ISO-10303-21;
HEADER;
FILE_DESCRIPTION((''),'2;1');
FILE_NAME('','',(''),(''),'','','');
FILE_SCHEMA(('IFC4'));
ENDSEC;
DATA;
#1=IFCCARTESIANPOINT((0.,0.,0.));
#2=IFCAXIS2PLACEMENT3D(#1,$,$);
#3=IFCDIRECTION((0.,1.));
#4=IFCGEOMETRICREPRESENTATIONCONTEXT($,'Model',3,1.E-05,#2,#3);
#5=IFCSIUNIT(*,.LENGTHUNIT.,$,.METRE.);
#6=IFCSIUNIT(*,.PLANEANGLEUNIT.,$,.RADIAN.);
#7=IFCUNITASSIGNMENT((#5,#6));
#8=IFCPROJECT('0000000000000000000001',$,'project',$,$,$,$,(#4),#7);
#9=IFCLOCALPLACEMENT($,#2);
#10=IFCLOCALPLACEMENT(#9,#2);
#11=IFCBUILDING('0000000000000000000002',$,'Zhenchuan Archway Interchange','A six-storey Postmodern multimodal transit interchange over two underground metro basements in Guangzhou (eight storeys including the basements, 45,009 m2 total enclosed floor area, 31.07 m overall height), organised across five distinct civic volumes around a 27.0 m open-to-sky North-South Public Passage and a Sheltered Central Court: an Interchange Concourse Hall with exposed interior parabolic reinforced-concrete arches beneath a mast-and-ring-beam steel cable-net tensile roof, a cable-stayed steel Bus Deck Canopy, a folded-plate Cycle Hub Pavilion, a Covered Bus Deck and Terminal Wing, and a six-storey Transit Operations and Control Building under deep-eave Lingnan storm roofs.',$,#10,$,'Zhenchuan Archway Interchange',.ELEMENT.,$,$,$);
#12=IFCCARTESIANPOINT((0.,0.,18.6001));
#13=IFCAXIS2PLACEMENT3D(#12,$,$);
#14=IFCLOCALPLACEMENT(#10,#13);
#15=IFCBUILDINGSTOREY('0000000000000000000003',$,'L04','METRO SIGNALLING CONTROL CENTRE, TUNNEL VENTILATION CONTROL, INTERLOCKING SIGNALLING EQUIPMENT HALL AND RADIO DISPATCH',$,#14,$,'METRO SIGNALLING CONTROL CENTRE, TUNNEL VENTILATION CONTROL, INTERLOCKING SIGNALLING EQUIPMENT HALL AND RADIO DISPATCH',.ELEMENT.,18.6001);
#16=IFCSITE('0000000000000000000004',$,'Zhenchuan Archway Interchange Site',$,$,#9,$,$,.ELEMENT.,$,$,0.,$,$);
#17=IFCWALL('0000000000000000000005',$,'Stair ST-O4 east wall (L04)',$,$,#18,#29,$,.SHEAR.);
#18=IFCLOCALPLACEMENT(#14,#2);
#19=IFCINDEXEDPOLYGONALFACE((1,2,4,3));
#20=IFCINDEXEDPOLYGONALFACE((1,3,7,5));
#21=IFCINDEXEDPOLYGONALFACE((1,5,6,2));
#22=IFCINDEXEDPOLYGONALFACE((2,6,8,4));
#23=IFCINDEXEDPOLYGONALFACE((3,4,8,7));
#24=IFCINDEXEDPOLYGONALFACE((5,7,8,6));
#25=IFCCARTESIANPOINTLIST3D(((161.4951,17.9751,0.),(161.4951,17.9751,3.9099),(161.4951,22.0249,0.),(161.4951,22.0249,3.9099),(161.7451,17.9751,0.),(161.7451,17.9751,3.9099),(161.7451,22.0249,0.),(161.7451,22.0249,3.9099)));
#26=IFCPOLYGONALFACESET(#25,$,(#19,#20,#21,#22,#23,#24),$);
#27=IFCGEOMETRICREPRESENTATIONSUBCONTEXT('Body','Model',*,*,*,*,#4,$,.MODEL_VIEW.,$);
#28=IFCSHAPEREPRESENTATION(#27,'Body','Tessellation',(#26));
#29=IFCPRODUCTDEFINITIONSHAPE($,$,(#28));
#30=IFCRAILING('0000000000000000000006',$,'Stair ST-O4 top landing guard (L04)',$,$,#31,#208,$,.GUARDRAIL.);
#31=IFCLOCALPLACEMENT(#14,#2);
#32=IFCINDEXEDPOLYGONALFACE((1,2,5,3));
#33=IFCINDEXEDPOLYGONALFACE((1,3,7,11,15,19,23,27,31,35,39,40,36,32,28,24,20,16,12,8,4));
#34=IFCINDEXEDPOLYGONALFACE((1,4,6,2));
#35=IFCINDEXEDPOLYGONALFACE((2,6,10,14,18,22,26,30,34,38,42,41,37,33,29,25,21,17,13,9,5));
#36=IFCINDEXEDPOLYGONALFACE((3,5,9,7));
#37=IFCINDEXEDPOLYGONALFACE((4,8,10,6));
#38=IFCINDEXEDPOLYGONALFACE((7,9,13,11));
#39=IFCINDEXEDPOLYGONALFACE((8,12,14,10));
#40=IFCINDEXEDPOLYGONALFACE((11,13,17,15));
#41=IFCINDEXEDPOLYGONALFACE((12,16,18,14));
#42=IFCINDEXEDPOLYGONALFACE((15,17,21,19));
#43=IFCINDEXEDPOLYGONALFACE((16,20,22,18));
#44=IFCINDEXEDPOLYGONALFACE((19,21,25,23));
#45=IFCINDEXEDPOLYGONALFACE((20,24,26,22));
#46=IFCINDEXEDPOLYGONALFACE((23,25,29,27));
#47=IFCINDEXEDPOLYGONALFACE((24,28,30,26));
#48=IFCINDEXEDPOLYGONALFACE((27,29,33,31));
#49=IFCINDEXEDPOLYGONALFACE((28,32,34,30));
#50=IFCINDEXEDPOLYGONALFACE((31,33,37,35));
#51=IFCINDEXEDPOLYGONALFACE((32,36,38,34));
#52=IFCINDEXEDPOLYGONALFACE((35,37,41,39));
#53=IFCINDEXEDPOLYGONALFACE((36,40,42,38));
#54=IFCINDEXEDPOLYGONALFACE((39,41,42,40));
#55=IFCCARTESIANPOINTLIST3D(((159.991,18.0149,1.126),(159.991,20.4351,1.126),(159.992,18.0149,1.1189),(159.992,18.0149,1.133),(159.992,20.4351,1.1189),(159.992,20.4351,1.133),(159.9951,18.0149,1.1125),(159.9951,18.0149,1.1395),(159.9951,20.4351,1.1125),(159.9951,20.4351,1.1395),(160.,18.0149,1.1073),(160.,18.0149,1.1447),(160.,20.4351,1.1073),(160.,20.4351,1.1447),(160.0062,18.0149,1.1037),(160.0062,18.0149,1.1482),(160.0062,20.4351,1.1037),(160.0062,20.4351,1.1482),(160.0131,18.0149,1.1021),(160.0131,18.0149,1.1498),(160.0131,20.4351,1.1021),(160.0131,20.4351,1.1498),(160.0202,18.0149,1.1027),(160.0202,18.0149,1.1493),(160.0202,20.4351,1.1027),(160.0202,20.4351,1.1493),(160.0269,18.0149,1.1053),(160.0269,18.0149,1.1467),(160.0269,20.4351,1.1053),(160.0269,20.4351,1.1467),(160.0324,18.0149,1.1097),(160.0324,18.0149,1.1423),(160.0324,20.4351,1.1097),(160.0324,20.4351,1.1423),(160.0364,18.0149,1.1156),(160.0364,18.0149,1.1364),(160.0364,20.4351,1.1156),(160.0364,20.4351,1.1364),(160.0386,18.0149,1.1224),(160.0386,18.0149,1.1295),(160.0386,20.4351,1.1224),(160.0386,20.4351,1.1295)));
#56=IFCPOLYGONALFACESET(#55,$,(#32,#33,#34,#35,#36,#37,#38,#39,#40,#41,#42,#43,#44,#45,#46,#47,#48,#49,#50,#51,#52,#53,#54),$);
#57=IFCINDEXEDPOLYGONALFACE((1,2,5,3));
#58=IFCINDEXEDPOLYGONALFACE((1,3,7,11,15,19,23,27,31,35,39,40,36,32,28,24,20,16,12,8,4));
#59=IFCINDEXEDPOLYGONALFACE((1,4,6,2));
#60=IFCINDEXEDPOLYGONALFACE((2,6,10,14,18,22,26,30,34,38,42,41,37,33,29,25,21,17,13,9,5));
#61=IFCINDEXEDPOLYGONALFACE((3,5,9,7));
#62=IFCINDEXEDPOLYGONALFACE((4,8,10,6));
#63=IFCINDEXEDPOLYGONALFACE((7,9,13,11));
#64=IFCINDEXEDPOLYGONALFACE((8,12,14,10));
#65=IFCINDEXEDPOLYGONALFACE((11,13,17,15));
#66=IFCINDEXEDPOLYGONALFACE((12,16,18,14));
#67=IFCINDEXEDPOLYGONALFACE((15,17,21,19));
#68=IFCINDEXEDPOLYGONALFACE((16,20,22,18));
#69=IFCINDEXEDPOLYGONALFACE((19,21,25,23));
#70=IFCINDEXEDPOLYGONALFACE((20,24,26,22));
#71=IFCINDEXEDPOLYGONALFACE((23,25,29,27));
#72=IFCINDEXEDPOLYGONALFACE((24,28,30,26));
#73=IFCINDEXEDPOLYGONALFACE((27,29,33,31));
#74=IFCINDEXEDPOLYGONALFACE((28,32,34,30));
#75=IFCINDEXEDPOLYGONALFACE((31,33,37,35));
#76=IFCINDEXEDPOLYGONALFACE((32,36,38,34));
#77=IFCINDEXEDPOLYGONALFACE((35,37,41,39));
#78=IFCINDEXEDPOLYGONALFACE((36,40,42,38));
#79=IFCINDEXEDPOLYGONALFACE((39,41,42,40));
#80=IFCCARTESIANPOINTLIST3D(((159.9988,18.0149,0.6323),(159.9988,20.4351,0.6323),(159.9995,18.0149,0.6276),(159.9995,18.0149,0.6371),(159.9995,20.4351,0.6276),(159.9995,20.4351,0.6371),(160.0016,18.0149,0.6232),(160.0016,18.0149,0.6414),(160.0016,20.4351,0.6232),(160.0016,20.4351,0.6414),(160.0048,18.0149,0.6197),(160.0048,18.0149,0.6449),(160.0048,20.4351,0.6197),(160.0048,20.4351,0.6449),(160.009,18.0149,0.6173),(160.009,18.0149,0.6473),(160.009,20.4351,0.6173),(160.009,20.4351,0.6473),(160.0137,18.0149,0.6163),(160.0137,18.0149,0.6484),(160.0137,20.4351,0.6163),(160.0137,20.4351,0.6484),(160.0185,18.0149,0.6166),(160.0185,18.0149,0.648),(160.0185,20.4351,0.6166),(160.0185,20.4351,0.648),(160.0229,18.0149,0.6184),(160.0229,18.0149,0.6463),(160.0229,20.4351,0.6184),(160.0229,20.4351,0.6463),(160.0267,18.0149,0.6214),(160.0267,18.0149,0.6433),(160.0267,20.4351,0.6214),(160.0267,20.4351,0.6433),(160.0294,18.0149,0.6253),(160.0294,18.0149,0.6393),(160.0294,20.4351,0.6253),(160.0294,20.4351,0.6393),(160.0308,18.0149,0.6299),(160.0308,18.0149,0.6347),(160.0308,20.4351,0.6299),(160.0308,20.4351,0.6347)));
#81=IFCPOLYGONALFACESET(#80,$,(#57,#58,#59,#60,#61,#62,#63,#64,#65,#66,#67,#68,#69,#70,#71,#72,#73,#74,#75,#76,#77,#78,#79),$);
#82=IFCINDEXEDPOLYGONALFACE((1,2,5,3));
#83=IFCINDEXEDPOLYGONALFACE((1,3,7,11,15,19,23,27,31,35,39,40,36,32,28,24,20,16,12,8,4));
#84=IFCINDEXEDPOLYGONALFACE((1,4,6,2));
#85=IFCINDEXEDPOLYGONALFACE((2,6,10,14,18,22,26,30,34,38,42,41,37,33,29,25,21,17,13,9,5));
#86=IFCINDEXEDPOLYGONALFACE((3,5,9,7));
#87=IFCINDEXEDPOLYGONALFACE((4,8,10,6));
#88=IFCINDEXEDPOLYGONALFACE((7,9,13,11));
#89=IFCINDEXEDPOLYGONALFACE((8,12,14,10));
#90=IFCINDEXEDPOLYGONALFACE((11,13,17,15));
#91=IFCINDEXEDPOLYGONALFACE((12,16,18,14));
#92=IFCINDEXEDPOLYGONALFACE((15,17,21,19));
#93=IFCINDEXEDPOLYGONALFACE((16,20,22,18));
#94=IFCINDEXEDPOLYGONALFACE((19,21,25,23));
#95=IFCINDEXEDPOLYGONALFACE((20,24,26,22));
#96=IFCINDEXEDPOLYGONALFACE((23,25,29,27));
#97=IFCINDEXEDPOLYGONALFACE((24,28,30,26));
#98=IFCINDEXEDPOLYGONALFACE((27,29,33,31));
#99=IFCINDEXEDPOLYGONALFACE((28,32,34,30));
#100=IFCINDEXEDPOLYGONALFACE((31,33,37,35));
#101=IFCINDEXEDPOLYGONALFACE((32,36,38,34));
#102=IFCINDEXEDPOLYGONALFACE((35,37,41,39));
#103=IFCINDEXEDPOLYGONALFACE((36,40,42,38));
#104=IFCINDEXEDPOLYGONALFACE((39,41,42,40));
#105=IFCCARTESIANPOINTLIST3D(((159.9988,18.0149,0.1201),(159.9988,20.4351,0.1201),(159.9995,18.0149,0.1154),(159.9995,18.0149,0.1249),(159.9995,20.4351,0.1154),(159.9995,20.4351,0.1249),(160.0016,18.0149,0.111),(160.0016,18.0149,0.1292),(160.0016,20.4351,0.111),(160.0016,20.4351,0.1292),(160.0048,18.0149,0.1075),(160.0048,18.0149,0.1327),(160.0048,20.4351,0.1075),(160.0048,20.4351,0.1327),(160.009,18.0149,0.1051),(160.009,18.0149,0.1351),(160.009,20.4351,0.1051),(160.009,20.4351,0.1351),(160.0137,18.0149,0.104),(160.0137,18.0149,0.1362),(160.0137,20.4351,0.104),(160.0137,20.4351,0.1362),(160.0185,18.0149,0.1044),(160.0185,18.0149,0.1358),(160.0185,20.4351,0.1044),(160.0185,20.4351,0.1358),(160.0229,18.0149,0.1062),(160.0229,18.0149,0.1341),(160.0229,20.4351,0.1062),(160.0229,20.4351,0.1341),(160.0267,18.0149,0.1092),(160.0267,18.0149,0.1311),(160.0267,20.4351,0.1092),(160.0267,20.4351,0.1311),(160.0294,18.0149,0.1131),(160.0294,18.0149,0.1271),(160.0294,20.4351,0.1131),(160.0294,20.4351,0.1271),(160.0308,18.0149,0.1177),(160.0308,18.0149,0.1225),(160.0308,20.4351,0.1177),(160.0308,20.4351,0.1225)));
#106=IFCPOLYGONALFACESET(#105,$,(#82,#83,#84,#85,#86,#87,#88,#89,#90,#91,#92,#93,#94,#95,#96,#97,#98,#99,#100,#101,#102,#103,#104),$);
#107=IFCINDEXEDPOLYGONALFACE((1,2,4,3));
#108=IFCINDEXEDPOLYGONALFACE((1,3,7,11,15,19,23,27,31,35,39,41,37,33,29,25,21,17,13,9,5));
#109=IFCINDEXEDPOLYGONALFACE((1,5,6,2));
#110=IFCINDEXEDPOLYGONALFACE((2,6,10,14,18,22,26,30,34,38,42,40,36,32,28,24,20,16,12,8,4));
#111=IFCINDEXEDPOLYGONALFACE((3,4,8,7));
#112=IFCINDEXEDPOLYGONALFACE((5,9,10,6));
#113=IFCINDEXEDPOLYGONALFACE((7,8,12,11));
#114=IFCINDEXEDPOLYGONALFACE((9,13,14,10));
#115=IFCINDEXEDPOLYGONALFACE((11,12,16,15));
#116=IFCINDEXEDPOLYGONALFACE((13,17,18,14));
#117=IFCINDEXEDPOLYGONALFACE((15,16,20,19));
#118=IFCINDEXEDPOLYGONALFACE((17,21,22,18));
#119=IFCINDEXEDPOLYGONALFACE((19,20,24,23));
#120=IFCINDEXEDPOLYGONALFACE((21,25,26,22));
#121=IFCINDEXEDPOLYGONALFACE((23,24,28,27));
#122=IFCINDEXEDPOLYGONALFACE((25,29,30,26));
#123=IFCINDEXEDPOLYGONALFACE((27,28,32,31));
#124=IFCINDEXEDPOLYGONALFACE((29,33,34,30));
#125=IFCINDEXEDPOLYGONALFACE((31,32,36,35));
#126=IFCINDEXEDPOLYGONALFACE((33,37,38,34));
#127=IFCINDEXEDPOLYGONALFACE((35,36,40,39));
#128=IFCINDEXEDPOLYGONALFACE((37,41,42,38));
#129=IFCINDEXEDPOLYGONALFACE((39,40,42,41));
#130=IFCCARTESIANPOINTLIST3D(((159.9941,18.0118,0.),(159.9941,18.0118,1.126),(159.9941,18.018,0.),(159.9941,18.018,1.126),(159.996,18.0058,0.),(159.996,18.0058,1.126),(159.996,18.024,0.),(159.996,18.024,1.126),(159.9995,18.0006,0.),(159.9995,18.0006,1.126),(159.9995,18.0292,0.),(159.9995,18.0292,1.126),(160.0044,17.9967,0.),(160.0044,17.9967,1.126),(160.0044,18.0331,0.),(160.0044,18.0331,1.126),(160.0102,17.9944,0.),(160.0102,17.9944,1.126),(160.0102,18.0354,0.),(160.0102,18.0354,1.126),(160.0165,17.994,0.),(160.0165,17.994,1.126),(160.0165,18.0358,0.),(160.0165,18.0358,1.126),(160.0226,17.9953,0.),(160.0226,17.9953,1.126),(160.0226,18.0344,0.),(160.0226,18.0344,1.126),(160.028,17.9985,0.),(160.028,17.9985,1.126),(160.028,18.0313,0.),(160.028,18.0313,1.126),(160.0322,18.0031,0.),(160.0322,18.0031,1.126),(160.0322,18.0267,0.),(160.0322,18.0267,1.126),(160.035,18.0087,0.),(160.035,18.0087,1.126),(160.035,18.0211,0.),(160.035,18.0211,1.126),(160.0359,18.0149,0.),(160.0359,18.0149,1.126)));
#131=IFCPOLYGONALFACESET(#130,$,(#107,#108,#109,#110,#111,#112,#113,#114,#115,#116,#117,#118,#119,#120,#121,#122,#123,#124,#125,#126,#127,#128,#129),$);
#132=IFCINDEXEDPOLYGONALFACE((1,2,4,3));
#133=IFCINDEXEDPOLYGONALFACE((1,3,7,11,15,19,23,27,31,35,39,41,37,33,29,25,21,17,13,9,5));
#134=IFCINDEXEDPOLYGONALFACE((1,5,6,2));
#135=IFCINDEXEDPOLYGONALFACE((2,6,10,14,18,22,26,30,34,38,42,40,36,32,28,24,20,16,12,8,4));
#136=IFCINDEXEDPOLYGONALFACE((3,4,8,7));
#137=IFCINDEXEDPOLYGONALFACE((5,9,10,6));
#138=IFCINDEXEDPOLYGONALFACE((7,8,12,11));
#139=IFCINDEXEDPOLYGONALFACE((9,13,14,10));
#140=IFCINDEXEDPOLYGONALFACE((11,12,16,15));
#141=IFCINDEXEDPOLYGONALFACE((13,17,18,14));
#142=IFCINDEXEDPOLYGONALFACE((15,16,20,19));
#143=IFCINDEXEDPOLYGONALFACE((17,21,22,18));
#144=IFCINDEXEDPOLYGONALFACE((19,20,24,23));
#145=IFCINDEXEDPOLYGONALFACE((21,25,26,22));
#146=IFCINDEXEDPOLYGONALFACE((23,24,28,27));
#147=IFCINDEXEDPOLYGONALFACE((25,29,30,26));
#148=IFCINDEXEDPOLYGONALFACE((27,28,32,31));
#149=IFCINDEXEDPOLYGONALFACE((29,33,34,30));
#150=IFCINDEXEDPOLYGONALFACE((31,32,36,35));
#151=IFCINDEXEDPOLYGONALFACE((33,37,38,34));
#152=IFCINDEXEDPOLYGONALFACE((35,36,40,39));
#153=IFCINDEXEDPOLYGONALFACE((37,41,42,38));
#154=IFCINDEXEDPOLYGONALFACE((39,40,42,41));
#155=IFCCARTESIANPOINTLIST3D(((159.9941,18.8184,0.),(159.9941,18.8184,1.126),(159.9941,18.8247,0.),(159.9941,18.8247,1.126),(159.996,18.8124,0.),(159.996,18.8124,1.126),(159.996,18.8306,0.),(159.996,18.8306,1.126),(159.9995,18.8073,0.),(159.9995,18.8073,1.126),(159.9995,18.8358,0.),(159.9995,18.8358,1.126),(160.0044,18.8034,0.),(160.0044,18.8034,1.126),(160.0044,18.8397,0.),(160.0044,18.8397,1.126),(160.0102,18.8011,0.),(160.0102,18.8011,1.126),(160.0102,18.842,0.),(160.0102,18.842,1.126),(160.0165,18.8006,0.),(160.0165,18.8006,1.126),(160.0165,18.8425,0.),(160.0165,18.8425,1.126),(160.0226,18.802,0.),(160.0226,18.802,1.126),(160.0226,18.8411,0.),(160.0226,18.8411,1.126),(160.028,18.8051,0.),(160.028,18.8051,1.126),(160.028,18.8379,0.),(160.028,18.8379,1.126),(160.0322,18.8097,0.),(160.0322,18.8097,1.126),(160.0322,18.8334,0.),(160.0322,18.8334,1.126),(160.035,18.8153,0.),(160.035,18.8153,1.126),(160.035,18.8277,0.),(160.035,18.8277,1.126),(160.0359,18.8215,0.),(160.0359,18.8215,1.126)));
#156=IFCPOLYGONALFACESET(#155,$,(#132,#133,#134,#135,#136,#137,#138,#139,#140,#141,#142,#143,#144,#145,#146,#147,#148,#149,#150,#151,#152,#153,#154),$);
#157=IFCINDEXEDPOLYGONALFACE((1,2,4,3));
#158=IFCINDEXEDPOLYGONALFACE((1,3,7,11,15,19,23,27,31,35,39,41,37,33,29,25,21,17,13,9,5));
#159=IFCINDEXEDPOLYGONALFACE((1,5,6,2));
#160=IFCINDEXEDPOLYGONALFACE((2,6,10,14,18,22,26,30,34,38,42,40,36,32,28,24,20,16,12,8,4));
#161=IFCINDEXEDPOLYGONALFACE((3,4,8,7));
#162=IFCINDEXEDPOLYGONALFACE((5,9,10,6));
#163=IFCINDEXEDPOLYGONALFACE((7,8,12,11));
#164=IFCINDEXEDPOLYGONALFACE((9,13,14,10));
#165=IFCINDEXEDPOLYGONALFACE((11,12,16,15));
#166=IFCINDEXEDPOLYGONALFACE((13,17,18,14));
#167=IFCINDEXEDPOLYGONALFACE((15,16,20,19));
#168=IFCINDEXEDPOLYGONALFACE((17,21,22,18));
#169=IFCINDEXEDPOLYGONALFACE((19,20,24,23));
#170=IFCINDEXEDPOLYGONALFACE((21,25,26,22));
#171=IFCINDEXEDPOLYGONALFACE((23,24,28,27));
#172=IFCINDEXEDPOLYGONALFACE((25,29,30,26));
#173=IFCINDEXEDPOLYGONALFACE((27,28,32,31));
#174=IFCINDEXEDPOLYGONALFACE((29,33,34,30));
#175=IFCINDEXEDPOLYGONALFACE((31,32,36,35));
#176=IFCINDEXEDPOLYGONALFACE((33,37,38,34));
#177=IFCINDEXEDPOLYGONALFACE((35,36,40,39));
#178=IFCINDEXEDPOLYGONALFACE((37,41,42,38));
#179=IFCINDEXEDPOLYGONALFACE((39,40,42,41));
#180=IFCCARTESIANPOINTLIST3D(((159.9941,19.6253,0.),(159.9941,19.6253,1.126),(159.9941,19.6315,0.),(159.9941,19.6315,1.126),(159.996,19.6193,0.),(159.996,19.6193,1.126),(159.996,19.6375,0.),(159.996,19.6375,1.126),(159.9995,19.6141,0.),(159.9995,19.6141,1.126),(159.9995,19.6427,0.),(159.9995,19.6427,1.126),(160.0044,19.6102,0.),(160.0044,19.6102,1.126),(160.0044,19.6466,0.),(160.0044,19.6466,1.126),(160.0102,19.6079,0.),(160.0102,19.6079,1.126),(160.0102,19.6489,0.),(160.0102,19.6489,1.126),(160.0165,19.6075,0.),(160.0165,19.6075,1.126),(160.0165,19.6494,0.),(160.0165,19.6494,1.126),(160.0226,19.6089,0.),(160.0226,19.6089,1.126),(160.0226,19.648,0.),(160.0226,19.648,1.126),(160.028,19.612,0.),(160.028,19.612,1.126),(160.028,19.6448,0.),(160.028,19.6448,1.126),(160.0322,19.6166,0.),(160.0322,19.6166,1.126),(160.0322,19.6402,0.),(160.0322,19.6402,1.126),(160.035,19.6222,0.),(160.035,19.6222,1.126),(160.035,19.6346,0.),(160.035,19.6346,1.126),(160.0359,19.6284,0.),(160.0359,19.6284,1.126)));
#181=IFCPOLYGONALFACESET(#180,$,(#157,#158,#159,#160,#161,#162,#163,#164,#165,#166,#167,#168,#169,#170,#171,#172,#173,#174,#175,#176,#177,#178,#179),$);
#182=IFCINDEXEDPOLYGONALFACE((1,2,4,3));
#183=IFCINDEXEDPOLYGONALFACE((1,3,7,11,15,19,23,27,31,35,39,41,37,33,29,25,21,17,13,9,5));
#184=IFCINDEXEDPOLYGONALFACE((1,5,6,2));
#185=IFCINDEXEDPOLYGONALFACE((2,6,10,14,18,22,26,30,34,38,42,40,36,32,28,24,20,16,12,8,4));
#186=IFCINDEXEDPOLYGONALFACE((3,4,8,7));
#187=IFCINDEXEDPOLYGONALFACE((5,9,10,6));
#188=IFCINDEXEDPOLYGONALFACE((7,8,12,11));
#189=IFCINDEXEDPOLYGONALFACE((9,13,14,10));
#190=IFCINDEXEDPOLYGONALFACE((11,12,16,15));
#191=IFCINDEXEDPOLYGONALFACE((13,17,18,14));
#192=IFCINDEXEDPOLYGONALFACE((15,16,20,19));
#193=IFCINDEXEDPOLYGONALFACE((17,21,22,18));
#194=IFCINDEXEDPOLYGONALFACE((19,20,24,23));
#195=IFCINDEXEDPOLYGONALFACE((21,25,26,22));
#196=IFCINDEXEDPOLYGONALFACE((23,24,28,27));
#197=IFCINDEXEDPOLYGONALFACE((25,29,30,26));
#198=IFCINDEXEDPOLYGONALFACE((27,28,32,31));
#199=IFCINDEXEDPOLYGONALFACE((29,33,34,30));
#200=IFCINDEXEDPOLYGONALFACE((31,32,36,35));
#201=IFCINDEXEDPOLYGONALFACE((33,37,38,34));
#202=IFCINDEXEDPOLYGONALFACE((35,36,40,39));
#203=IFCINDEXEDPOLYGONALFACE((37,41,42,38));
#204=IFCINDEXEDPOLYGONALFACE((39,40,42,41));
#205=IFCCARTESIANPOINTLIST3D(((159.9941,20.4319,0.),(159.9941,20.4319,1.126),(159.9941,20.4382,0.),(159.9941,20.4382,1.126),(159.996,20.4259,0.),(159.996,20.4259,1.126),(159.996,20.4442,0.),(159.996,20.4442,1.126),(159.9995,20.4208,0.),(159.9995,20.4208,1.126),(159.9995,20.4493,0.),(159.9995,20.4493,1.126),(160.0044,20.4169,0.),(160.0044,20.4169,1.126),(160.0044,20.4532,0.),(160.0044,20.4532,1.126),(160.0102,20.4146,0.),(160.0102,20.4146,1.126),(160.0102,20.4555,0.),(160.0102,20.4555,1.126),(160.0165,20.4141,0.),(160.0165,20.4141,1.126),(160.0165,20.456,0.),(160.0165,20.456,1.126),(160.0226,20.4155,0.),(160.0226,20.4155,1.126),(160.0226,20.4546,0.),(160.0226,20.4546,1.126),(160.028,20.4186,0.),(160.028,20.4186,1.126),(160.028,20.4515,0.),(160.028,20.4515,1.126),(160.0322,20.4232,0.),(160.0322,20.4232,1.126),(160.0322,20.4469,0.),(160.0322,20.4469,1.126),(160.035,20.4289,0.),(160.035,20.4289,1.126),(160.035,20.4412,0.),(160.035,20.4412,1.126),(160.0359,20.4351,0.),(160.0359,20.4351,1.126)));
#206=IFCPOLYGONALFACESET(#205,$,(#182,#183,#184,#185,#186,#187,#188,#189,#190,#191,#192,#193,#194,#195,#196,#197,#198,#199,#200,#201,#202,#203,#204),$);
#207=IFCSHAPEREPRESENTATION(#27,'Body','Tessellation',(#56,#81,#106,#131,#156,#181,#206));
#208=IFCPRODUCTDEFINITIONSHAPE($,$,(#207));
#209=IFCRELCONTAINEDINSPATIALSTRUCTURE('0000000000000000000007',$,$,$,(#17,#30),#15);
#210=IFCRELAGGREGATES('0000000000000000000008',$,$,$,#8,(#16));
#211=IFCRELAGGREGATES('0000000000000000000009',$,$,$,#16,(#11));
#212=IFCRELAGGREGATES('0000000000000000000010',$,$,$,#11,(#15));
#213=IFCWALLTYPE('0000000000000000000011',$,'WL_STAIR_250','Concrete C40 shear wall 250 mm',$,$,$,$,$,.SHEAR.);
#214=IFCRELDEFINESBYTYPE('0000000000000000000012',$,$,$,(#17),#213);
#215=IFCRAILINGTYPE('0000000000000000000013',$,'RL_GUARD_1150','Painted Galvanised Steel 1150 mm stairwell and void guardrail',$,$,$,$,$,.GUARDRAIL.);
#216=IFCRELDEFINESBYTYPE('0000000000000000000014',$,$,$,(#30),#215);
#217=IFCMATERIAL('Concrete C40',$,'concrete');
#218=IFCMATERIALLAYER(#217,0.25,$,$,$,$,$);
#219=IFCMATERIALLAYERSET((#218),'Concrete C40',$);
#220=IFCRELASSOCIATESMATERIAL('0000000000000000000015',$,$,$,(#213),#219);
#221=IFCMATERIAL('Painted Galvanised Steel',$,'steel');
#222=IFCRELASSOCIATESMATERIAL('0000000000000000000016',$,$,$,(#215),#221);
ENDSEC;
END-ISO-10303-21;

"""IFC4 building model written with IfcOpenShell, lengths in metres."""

from ifc_helpers import new_model, si_unit, direction, frame, frame_2d, origin, origin_2d, place, context, subcontext, project, spatial, rectangle, circle, extrude, material, layer, layer_set, type_object, element, save


model = new_model("IFC4")

# Units and contexts
model_context = context("Model", 3, precision=1e-05, world=origin(), true_north=direction((0.0, 1.0)))
body_context = subcontext(model_context, "Body", "Model", "MODEL_VIEW")
ifc_project = project(units=[si_unit("LENGTHUNIT", "METRE"), si_unit("PLANEANGLEUNIT", "RADIAN")], contexts=[model_context])

# Site, building, storey
site_placement = place(None, origin())
site = spatial("IfcSite", under=ifc_project, at=site_placement, Name="Zhenchuan Archway Interchange Site", CompositionType="ELEMENT", RefElevation=0.0)
building_placement = place(site_placement, origin())
building = spatial("IfcBuilding", under=site, at=building_placement, Name="Zhenchuan Archway Interchange", Description="A six-storey Postmodern multimodal transit interchange over two underground metro basements in Guangzhou (eight storeys including the basements, 45,009 m2 total enclosed floor area, 31.07 m overall height), organised across five distinct civic volumes around a 27.0 m open-to-sky North-South Public Passage and a Sheltered Central Court: an Interchange Concourse Hall with exposed interior parabolic reinforced-concrete arches beneath a mast-and-ring-beam steel cable-net tensile roof, a cable-stayed steel Bus Deck Canopy, a folded-plate Cycle Hub Pavilion, a Covered Bus Deck and Terminal Wing, and a six-storey Transit Operations and Control Building under deep-eave Lingnan storm roofs.", LongName="Zhenchuan Archway Interchange", CompositionType="ELEMENT")
storey_placement = place(building_placement, frame((0.0, 0.0, 18.6001)))
storey = spatial("IfcBuildingStorey", under=building, at=storey_placement, Name="L04", Description="METRO SIGNALLING CONTROL CENTRE, TUNNEL VENTILATION CONTROL, INTERLOCKING SIGNALLING EQUIPMENT HALL AND RADIO DISPATCH", LongName="METRO SIGNALLING CONTROL CENTRE, TUNNEL VENTILATION CONTROL, INTERLOCKING SIGNALLING EQUIPMENT HALL AND RADIO DISPATCH", CompositionType="ELEMENT", Elevation=18.6001)

# Shared definitions
ifc_material_1 = material(Name="Concrete C40", Category="concrete")

# Shared definitions
ifc_material_2 = material(Name="Painted Galvanised Steel", Category="steel")

# Shared definitions
ifc_layer_1 = layer(ifc_material_1, 0.25)
ifc_layer_set_1 = layer_set([ifc_layer_1], Name="Concrete C40")
wall_type_1 = type_object("IfcWallType", Name="WL_STAIR_250", Description="Concrete C40 shear wall 250 mm", PredefinedType="SHEAR", material=ifc_layer_set_1)

# Wall
for number, where, z_axis, x_axis, name in (
    (1, (161.6201, 17.9751, 0.0), (0.0, 0.0, 1.0), (0.0, 1.0, 0.0), "Stair ST-O4 east wall (L04)"),
):
    element("IfcWall", number, at=place(storey_placement, frame(where, z_axis=z_axis, x_axis=x_axis)), inside=storey, type_object=wall_type_1, Name=name, PredefinedType="SHEAR", context=body_context, shape_type="SweptSolid", body=[
        extrude(rectangle(XDim=4.0498, YDim=0.25, at=frame_2d((2.0249, 0.0))), origin(), (0.0, 0.0, 1.0), 3.9099),
    ])

# Railing
railing_type = type_object("IfcRailingType", Name="RL_GUARD_1150", Description="Painted Galvanised Steel 1150 mm stairwell and void guardrail", PredefinedType="GUARDRAIL", material=ifc_material_2)
railing_placement = place(storey_placement, frame((160.0149, 18.0149, 0.0)))
element("IfcRailing", 2, at=railing_placement, inside=storey, type_object=railing_type, Name="Stair ST-O4 top landing guard (L04)", PredefinedType="GUARDRAIL", context=body_context, shape_type="SweptSolid", body=[
    extrude(circle(Radius=0.0239, at=origin_2d()), frame((0.0, 0.0, 1.126), z_axis=(0.0, 1.0, 0.0), x_axis=(-1.0, 0.0, 0.0)), (0.0, 0.0, 1.0), 2.4202),
    extrude(circle(Radius=0.0161, at=origin_2d()), frame((0.0, 0.0, 0.6323), z_axis=(0.0, 1.0, 0.0), x_axis=(-1.0, 0.0, 0.0)), (0.0, 0.0, 1.0), 2.4202),
    extrude(circle(Radius=0.0161, at=origin_2d()), frame((0.0, 0.0, 0.1201), z_axis=(0.0, 1.0, 0.0), x_axis=(-1.0, 0.0, 0.0)), (0.0, 0.0, 1.0), 2.4202),
    extrude(circle(Radius=0.021, at=origin_2d()), origin(), (0.0, 0.0, 1.0), 1.126),
    extrude(circle(Radius=0.021, at=origin_2d()), frame((0.0, 0.8066, 0.0)), (0.0, 0.0, 1.0), 1.126),
    extrude(circle(Radius=0.021, at=origin_2d()), frame((0.0, 1.6135, 0.0)), (0.0, 0.0, 1.0), 1.126),
    extrude(circle(Radius=0.021, at=origin_2d()), frame((0.0, 2.4202, 0.0)), (0.0, 0.0, 1.0), 1.126),
])

save(model, "model.ifc")
